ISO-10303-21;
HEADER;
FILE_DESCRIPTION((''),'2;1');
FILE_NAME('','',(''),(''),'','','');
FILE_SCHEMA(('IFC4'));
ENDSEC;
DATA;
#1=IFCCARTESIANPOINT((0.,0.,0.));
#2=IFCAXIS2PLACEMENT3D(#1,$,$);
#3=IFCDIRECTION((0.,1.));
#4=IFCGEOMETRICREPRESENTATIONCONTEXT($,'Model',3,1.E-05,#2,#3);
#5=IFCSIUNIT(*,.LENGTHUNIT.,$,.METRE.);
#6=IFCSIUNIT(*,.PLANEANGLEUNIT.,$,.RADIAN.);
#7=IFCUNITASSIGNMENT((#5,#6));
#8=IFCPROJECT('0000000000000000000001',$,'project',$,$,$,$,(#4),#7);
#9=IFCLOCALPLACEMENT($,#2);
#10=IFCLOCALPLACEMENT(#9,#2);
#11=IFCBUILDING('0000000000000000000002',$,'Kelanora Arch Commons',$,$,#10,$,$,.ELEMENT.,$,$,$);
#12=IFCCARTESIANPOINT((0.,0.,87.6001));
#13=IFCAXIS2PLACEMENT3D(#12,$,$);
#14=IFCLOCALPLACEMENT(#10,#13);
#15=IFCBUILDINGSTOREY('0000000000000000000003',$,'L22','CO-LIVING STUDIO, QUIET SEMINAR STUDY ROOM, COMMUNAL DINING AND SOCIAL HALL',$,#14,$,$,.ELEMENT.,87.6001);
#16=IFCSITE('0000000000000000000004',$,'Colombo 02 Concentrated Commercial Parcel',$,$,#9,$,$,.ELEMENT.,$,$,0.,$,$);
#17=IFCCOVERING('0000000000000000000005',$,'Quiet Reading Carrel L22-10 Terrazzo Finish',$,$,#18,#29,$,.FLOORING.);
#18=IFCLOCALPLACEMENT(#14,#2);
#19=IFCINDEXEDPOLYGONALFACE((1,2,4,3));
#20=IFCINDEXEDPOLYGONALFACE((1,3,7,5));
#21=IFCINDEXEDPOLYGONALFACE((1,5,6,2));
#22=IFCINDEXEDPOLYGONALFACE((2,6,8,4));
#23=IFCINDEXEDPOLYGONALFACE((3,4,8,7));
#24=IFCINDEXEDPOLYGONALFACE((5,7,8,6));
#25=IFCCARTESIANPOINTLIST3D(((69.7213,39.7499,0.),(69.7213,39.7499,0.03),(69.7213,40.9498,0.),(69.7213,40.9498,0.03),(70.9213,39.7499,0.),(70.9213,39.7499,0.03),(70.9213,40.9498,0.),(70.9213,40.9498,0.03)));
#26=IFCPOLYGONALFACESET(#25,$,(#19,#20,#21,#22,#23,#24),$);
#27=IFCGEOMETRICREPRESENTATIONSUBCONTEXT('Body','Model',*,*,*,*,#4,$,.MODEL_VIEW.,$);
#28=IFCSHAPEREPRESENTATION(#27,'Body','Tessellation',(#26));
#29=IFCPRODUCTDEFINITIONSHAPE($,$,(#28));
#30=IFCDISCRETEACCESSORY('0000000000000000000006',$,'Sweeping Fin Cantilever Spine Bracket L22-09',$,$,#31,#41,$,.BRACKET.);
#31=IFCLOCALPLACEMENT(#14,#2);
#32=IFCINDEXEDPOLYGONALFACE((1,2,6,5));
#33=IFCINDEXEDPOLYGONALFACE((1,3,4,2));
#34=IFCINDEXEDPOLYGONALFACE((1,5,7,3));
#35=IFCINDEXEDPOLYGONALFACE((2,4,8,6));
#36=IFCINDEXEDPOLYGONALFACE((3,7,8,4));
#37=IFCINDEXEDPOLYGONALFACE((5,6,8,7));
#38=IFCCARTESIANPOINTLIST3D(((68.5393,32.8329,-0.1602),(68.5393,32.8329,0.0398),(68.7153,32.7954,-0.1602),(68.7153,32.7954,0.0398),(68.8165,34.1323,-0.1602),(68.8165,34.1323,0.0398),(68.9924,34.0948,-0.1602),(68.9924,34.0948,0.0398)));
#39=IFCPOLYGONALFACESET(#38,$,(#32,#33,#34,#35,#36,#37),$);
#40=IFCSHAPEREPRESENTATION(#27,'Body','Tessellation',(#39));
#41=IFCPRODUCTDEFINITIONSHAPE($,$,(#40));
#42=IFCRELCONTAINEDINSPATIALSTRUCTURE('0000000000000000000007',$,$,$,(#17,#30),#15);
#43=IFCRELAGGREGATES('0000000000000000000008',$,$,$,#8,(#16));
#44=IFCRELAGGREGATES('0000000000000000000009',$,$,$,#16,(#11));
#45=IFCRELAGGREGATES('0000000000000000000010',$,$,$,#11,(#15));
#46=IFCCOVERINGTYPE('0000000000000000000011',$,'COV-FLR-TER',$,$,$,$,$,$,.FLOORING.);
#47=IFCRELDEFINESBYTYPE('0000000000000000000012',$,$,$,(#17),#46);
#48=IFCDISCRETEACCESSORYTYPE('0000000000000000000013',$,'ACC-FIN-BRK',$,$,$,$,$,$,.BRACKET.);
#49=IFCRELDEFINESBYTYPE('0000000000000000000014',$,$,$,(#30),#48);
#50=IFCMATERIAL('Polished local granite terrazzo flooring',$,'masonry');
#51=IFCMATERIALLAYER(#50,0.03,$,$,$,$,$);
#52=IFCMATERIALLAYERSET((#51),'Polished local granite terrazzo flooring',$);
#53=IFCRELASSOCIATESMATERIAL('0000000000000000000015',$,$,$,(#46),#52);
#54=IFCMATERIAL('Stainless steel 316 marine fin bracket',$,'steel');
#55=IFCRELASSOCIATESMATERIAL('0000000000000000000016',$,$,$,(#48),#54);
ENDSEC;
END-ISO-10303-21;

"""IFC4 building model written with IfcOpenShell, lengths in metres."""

from ifc_helpers import new_model, si_unit, direction, frame, origin, origin_2d, place, context, subcontext, project, spatial, rectangle, extrude, source, transform, mapped, material, layer, layer_set, type_object, element, save


model = new_model("IFC4")

# Units and contexts
model_context = context("Model", 3, precision=1e-05, world=origin(), true_north=direction((0.0, 1.0)))
body_context = subcontext(model_context, "Body", "Model", "MODEL_VIEW")
ifc_project = project(units=[si_unit("LENGTHUNIT", "METRE"), si_unit("PLANEANGLEUNIT", "RADIAN")], contexts=[model_context])

# Site, building, storey
site_placement = place(None, origin())
site = spatial("IfcSite", under=ifc_project, at=site_placement, Name="Colombo 02 Concentrated Commercial Parcel", CompositionType="ELEMENT", RefElevation=0.0)
building_placement = place(site_placement, origin())
building = spatial("IfcBuilding", under=site, at=building_placement, Name="Kelanora Arch Commons", CompositionType="ELEMENT")
storey_placement = place(building_placement, frame((0.0, 0.0, 87.6001)))
storey = spatial("IfcBuildingStorey", under=building, at=storey_placement, Name="L22", Description="CO-LIVING STUDIO, QUIET SEMINAR STUDY ROOM, COMMUNAL DINING AND SOCIAL HALL", CompositionType="ELEMENT", Elevation=87.6001)

# Covering
ifc_material_1 = material(Name="Polished local granite terrazzo flooring", Category="masonry")
ifc_layer_1 = layer(ifc_material_1, 0.03)
ifc_layer_set_1 = layer_set([ifc_layer_1], Name="Polished local granite terrazzo flooring")
covering_type = type_object("IfcCoveringType", Name="COV-FLR-TER", PredefinedType="FLOORING", material=ifc_layer_set_1)
shared_shape_1 = source(origin(), body_context, "Body", "SweptSolid", [
    extrude(rectangle(XDim=1.2, YDim=1.2, at=origin_2d()), origin(), (0.0, 0.0, 1.0), 0.03),
])
covering_placement = place(storey_placement, frame((70.3213, 40.3499, 0.0), z_axis=(0.0, 0.0, 1.0), x_axis=(1.0, 0.0, 0.0)))
element("IfcCovering", 1, at=covering_placement, inside=storey, type_object=covering_type, Name="Quiet Reading Carrel L22-10 Terrazzo Finish", PredefinedType="FLOORING", context=body_context, shape_type="MappedRepresentation", body=[
    mapped(shared_shape_1, transform((0.0, 0.0, 0.0), scale=1.0)),
])

# Discrete accessory
ifc_material_2 = material(Name="Stainless steel 316 marine fin bracket", Category="steel")
discrete_accessory_type = type_object("IfcDiscreteAccessoryType", Name="ACC-FIN-BRK", PredefinedType="BRACKET", material=ifc_material_2)
shared_shape_2 = source(origin(), body_context, "Body", "SweptSolid", [
    extrude(rectangle(XDim=1.3286, YDim=0.1799, at=origin_2d()), origin(), (0.0, 0.0, 1.0), 0.2),
])
discrete_accessory_placement = place(storey_placement, frame((68.7659, 33.4639, -0.1602), z_axis=(0.0, 0.0, 1.0), x_axis=(-0.208595, -0.978002, 0.0)))
element("IfcDiscreteAccessory", 2, at=discrete_accessory_placement, inside=storey, type_object=discrete_accessory_type, Name="Sweeping Fin Cantilever Spine Bracket L22-09", PredefinedType="BRACKET", context=body_context, shape_type="MappedRepresentation", body=[
    mapped(shared_shape_2, transform((0.0, 0.0, 0.0), scale=1.0)),
])

save(model, "model.ifc")
